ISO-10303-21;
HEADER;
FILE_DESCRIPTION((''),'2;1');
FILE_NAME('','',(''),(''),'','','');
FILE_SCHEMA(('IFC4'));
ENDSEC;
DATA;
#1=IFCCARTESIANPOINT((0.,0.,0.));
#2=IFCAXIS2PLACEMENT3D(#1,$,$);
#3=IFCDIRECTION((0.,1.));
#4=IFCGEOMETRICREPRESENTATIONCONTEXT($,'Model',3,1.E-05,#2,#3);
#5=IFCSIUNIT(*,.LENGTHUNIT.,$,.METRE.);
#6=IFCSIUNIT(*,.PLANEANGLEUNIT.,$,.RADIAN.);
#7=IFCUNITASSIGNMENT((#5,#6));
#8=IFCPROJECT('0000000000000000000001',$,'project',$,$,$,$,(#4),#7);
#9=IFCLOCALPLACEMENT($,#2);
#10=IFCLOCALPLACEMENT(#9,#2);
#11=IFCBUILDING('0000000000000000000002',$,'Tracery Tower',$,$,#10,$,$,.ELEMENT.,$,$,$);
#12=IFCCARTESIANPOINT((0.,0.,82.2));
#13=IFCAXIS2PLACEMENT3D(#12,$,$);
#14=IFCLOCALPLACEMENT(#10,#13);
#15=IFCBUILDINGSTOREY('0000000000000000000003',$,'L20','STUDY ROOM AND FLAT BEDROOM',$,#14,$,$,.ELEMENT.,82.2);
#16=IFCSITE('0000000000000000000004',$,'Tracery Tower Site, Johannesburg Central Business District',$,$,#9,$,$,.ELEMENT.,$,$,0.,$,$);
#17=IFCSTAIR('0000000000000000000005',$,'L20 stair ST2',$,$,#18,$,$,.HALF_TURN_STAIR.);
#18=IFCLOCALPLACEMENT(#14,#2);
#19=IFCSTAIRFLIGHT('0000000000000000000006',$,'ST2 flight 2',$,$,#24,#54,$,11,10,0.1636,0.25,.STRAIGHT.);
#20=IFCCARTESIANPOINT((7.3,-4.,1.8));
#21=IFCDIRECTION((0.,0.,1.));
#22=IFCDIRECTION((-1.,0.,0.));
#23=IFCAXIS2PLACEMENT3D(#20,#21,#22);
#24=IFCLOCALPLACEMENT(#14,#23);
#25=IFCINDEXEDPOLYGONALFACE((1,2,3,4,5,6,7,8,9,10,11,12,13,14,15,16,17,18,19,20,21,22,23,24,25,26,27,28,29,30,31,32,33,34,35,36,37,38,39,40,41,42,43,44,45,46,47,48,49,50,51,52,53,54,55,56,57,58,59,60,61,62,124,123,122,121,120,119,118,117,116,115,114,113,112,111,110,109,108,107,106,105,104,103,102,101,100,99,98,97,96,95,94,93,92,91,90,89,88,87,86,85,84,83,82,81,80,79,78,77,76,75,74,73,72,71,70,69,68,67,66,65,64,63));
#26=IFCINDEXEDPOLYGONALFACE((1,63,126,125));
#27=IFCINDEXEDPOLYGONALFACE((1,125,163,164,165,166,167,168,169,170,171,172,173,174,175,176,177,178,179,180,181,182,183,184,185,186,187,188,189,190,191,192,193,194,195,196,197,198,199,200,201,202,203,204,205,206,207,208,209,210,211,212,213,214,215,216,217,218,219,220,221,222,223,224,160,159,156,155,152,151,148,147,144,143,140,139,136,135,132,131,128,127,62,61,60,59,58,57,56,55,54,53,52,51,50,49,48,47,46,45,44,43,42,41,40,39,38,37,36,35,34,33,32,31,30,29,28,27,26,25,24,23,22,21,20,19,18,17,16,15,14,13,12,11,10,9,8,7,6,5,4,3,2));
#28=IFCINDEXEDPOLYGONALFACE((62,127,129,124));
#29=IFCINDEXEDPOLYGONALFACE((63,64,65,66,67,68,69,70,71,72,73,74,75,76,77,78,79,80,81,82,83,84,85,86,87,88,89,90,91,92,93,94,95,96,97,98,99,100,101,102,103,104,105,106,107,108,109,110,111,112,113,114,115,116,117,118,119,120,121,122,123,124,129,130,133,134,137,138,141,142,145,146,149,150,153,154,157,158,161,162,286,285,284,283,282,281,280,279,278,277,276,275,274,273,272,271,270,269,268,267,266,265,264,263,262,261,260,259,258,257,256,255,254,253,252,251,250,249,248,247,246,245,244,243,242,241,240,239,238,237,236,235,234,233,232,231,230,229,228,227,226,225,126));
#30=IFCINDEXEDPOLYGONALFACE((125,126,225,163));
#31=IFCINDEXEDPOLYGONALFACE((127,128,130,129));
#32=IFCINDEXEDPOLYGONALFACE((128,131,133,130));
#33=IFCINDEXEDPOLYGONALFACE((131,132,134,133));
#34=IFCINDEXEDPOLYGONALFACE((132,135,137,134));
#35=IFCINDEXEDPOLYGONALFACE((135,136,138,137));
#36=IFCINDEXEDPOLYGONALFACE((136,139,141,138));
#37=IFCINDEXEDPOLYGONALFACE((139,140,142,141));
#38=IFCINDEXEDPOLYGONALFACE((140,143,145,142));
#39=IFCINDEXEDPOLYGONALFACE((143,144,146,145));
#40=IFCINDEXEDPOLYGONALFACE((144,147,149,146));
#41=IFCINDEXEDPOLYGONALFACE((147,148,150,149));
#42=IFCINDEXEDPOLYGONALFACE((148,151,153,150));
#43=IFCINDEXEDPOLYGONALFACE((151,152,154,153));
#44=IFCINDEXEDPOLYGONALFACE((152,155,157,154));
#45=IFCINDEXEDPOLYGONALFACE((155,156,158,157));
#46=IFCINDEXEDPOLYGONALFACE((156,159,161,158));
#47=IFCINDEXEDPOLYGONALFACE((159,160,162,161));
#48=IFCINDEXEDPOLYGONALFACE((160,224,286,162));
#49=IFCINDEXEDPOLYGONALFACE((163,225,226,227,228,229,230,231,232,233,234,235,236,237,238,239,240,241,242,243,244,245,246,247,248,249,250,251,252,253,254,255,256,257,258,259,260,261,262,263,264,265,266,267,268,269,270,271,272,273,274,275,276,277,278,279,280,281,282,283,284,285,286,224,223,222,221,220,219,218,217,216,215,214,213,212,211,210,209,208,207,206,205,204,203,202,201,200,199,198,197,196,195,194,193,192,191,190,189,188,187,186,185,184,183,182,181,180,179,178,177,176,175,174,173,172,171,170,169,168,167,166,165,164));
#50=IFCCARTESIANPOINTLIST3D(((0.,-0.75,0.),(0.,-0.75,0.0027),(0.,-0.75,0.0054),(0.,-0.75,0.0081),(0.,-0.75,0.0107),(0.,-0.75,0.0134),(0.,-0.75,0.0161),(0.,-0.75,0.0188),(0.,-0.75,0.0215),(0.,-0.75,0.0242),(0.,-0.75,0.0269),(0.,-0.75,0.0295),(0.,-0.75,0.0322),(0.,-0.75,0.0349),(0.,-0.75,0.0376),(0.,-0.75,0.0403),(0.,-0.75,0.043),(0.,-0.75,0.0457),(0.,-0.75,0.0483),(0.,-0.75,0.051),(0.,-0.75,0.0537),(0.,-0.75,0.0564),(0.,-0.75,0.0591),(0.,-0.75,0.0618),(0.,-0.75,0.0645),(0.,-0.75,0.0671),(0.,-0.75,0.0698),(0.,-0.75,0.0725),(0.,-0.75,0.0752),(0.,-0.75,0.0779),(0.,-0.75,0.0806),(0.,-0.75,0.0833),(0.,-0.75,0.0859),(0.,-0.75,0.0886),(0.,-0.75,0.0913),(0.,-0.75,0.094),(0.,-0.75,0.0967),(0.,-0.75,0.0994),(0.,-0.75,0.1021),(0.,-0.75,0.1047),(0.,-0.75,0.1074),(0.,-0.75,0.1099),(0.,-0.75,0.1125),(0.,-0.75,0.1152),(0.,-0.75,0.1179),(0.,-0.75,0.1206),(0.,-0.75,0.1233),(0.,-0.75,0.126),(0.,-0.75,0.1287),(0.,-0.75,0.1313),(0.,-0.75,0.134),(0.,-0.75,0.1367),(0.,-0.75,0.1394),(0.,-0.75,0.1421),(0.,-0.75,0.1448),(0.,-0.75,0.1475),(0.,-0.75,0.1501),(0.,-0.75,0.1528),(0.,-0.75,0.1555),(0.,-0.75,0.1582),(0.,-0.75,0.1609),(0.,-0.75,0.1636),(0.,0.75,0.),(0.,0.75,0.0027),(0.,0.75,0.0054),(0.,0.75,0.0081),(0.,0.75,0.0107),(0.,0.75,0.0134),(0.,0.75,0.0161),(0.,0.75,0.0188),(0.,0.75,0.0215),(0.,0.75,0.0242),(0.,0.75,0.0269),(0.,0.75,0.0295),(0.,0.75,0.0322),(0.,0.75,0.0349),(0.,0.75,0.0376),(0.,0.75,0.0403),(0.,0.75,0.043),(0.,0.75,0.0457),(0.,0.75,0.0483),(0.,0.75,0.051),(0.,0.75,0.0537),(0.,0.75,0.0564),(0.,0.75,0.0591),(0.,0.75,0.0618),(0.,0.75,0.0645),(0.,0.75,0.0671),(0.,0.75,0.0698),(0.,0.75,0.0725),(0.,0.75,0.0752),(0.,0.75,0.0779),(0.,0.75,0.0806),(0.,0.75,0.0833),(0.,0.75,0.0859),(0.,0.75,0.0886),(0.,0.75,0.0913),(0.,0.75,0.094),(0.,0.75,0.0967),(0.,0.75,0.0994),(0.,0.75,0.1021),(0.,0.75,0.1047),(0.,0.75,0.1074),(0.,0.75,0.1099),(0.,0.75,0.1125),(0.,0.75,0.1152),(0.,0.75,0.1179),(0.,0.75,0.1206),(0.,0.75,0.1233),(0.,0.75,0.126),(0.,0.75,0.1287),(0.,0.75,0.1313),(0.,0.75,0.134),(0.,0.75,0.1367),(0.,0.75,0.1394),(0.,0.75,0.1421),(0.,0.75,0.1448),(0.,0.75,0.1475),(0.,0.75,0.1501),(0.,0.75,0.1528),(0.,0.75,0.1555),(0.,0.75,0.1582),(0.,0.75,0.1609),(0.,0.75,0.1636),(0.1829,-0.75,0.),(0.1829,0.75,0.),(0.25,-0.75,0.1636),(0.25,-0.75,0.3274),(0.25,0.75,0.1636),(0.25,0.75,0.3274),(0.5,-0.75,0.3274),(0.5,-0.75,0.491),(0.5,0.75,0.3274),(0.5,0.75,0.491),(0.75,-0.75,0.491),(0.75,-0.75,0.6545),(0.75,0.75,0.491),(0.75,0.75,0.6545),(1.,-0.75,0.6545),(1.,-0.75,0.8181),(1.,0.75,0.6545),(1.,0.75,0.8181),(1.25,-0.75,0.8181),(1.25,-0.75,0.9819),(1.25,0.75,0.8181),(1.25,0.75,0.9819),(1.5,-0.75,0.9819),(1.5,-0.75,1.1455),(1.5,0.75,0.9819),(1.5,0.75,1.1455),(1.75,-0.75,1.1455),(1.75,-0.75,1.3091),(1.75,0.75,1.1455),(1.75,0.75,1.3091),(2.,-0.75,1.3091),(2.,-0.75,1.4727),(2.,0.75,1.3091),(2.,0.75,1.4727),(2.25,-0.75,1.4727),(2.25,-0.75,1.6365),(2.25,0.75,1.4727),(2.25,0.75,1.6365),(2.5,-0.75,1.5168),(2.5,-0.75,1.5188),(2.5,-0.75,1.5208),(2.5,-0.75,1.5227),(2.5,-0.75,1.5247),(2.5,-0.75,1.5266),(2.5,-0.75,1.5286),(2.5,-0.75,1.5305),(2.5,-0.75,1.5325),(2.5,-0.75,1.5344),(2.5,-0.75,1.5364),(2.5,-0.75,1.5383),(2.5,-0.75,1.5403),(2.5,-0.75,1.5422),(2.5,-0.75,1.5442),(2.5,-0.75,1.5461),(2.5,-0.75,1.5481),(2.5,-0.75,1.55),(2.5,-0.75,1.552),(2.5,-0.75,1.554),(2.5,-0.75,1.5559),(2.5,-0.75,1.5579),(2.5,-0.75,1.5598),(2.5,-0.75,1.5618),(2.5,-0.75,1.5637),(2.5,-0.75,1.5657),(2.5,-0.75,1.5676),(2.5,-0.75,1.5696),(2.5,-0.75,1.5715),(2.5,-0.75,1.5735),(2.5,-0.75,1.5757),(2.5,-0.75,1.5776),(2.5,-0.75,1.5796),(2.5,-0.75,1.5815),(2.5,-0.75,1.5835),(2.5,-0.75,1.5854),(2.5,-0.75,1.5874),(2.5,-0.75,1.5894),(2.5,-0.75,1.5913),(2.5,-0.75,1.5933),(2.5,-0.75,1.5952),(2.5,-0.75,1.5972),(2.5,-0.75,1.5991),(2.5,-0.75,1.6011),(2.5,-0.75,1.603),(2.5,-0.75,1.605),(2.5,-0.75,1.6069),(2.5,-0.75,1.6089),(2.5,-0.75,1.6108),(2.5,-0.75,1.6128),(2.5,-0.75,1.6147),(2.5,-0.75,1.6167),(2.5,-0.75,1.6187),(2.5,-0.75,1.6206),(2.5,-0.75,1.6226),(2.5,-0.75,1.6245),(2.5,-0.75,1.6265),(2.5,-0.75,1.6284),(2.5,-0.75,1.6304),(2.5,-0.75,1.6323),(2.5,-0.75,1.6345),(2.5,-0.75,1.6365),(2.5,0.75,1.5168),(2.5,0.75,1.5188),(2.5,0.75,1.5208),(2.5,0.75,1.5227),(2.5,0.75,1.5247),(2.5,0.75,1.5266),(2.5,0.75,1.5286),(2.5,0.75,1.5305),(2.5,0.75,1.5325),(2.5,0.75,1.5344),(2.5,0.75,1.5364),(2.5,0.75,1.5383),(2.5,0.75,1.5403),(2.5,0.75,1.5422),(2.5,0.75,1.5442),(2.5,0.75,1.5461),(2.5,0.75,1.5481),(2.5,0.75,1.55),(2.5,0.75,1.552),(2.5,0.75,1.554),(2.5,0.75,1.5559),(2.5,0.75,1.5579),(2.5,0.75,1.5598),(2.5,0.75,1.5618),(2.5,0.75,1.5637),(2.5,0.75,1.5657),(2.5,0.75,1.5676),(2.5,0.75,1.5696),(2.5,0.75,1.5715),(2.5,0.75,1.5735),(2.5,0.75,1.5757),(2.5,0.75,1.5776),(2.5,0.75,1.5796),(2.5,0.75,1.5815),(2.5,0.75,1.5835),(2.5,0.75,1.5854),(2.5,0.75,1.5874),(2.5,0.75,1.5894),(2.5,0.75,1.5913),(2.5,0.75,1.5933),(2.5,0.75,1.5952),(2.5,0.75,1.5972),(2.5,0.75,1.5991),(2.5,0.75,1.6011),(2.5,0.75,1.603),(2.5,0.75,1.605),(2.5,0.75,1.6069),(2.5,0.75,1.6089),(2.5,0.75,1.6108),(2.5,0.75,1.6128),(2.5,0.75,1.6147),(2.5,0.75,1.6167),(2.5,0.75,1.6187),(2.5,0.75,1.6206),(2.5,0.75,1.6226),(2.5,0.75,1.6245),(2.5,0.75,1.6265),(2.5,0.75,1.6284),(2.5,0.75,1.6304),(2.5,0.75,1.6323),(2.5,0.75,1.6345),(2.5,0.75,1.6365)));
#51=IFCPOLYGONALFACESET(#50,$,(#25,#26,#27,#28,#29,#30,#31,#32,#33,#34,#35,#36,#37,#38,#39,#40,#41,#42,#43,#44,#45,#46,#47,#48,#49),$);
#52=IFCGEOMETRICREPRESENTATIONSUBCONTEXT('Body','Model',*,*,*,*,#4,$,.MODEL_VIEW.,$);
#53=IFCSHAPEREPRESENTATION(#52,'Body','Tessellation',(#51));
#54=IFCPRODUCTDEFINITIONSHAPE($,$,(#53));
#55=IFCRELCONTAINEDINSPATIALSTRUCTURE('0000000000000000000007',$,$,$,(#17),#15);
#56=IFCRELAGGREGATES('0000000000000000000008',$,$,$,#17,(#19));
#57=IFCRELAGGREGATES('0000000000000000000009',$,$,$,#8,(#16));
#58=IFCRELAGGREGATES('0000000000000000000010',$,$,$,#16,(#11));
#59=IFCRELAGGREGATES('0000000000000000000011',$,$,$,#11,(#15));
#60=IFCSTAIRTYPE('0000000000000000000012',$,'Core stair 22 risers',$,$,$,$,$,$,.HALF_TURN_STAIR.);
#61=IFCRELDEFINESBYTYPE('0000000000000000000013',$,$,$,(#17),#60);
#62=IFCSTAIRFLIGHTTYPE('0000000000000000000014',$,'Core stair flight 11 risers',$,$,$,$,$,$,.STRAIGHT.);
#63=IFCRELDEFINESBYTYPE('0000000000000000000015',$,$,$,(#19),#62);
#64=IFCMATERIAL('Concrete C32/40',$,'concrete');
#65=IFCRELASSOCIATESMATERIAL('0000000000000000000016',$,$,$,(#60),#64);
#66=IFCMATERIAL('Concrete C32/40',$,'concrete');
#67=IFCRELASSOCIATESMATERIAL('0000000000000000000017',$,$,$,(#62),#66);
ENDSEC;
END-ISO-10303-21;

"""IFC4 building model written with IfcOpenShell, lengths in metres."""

from ifc_helpers import new_model, si_unit, direction, frame, origin, place, context, subcontext, project, spatial, polyline, outline, extrude, material, type_object, element, aggregate, save


model = new_model("IFC4")

# Units and contexts
model_context = context("Model", 3, precision=1e-05, world=origin(), true_north=direction((0.0, 1.0)))
body_context = subcontext(model_context, "Body", "Model", "MODEL_VIEW")
ifc_project = project(units=[si_unit("LENGTHUNIT", "METRE"), si_unit("PLANEANGLEUNIT", "RADIAN")], contexts=[model_context])

# Site, building, storey
site_placement = place(None, origin())
site = spatial("IfcSite", under=ifc_project, at=site_placement, Name="Tracery Tower Site, Johannesburg Central Business District", CompositionType="ELEMENT", RefElevation=0.0)
building_placement = place(site_placement, origin())
building = spatial("IfcBuilding", under=site, at=building_placement, Name="Tracery Tower", CompositionType="ELEMENT")
storey_placement = place(building_placement, frame((0.0, 0.0, 82.2)))
storey = spatial("IfcBuildingStorey", under=building, at=storey_placement, Name="L20", Description="STUDY ROOM AND FLAT BEDROOM", CompositionType="ELEMENT", Elevation=82.2)

# Stair
ifc_material_1 = material(Name="Concrete C32/40", Category="concrete")
stair_type = type_object("IfcStairType", Name="Core stair 22 risers", PredefinedType="HALF_TURN_STAIR", material=ifc_material_1)
stair_1_placement = place(storey_placement, origin())
stair_1 = element("IfcStair", 1, at=stair_1_placement, inside=storey, type_object=stair_type, Name="L20 stair ST2", PredefinedType="HALF_TURN_STAIR")

# Stair flight
ifc_material_2 = material(Name="Concrete C32/40", Category="concrete")
stair_flight_type = type_object("IfcStairFlightType", Name="Core stair flight 11 risers", PredefinedType="STRAIGHT", material=ifc_material_2)
stair_flight_1_placement = place(storey_placement, frame((7.3, -4.0, 1.8), z_axis=(0.0, 0.0, 1.0), x_axis=(-1.0, 0.0, 0.0)))
stair_flight_1 = element("IfcStairFlight", 2, at=stair_flight_1_placement, type_object=stair_flight_type, Name="ST2 flight 2", NumberOfRisers=11, NumberOfTreads=10, PredefinedType="STRAIGHT", RiserHeight=0.1636, TreadLength=0.25, context=body_context, shape_type="SweptSolid", body=[
    extrude(outline(polyline([(0.0, 0.0), (0.0, 0.0027), (0.0, 0.0054), (0.0, 0.0081), (0.0, 0.0107), (0.0, 0.0134), (0.0, 0.0161), (0.0, 0.0188), (0.0, 0.0215), (0.0, 0.0242), (0.0, 0.0269), (0.0, 0.0295), (0.0, 0.0322), (0.0, 0.0349), (0.0, 0.0376), (0.0, 0.0403), (0.0, 0.043), (0.0, 0.0457), (0.0, 0.0483), (0.0, 0.051), (0.0, 0.0537), (0.0, 0.0564), (0.0, 0.0591), (0.0, 0.0618), (0.0, 0.0645), (0.0, 0.0671), (0.0, 0.0698), (0.0, 0.0725), (0.0, 0.0752), (0.0, 0.0779), (0.0, 0.0806), (0.0, 0.0833), (0.0, 0.0859), (0.0, 0.0886), (0.0, 0.0913), (0.0, 0.094), (0.0, 0.0967), (0.0, 0.0994), (0.0, 0.1021), (0.0, 0.1047), (0.0, 0.1074), (0.0, 0.1099), (0.0, 0.1125), (0.0, 0.1152), (0.0, 0.1179), (0.0, 0.1206), (0.0, 0.1233), (0.0, 0.126), (0.0, 0.1287), (0.0, 0.1313), (0.0, 0.134), (0.0, 0.1367), (0.0, 0.1394), (0.0, 0.1421), (0.0, 0.1448), (0.0, 0.1475), (0.0, 0.1501), (0.0, 0.1528), (0.0, 0.1555), (0.0, 0.1582), (0.0, 0.1609), (0.0, 0.1636), (0.25, 0.1636), (0.25, 0.3274), (0.5, 0.3274), (0.5, 0.491), (0.75, 0.491), (0.75, 0.6545), (1.0, 0.6545), (1.0, 0.8181), (1.25, 0.8181), (1.25, 0.9819), (1.5, 0.9819), (1.5, 1.1455), (1.75, 1.1455), (1.75, 1.3091), (2.0, 1.3091), (2.0, 1.4727), (2.25, 1.4727), (2.25, 1.6365), (2.5, 1.6365), (2.5, 1.6345), (2.5, 1.6323), (2.5, 1.6304), (2.5, 1.6284), (2.5, 1.6265), (2.5, 1.6245), (2.5, 1.6226), (2.5, 1.6206), (2.5, 1.6187), (2.5, 1.6167), (2.5, 1.6147), (2.5, 1.6128), (2.5, 1.6108), (2.5, 1.6089), (2.5, 1.6069), (2.5, 1.605), (2.5, 1.603), (2.5, 1.6011), (2.5, 1.5991), (2.5, 1.5972), (2.5, 1.5952), (2.5, 1.5933), (2.5, 1.5913), (2.5, 1.5894), (2.5, 1.5874), (2.5, 1.5854), (2.5, 1.5835), (2.5, 1.5815), (2.5, 1.5796), (2.5, 1.5776), (2.5, 1.5757), (2.5, 1.5735), (2.5, 1.5715), (2.5, 1.5696), (2.5, 1.5676), (2.5, 1.5657), (2.5, 1.5637), (2.5, 1.5618), (2.5, 1.5598), (2.5, 1.5579), (2.5, 1.5559), (2.5, 1.554), (2.5, 1.552), (2.5, 1.55), (2.5, 1.5481), (2.5, 1.5461), (2.5, 1.5442), (2.5, 1.5422), (2.5, 1.5403), (2.5, 1.5383), (2.5, 1.5364), (2.5, 1.5344), (2.5, 1.5325), (2.5, 1.5305), (2.5, 1.5286), (2.5, 1.5266), (2.5, 1.5247), (2.5, 1.5227), (2.5, 1.5208), (2.5, 1.5188), (2.5, 1.5168), (0.1829, 0.0), (0.0, 0.0)])), frame((0.0, 0.75, 0.0), z_axis=(0.0, -1.0, 0.0), x_axis=(1.0, 0.0, 0.0)), (0.0, 0.0, 1.0), 1.5),
])
aggregate(stair_1, [stair_flight_1])

save(model, "model.ifc")
